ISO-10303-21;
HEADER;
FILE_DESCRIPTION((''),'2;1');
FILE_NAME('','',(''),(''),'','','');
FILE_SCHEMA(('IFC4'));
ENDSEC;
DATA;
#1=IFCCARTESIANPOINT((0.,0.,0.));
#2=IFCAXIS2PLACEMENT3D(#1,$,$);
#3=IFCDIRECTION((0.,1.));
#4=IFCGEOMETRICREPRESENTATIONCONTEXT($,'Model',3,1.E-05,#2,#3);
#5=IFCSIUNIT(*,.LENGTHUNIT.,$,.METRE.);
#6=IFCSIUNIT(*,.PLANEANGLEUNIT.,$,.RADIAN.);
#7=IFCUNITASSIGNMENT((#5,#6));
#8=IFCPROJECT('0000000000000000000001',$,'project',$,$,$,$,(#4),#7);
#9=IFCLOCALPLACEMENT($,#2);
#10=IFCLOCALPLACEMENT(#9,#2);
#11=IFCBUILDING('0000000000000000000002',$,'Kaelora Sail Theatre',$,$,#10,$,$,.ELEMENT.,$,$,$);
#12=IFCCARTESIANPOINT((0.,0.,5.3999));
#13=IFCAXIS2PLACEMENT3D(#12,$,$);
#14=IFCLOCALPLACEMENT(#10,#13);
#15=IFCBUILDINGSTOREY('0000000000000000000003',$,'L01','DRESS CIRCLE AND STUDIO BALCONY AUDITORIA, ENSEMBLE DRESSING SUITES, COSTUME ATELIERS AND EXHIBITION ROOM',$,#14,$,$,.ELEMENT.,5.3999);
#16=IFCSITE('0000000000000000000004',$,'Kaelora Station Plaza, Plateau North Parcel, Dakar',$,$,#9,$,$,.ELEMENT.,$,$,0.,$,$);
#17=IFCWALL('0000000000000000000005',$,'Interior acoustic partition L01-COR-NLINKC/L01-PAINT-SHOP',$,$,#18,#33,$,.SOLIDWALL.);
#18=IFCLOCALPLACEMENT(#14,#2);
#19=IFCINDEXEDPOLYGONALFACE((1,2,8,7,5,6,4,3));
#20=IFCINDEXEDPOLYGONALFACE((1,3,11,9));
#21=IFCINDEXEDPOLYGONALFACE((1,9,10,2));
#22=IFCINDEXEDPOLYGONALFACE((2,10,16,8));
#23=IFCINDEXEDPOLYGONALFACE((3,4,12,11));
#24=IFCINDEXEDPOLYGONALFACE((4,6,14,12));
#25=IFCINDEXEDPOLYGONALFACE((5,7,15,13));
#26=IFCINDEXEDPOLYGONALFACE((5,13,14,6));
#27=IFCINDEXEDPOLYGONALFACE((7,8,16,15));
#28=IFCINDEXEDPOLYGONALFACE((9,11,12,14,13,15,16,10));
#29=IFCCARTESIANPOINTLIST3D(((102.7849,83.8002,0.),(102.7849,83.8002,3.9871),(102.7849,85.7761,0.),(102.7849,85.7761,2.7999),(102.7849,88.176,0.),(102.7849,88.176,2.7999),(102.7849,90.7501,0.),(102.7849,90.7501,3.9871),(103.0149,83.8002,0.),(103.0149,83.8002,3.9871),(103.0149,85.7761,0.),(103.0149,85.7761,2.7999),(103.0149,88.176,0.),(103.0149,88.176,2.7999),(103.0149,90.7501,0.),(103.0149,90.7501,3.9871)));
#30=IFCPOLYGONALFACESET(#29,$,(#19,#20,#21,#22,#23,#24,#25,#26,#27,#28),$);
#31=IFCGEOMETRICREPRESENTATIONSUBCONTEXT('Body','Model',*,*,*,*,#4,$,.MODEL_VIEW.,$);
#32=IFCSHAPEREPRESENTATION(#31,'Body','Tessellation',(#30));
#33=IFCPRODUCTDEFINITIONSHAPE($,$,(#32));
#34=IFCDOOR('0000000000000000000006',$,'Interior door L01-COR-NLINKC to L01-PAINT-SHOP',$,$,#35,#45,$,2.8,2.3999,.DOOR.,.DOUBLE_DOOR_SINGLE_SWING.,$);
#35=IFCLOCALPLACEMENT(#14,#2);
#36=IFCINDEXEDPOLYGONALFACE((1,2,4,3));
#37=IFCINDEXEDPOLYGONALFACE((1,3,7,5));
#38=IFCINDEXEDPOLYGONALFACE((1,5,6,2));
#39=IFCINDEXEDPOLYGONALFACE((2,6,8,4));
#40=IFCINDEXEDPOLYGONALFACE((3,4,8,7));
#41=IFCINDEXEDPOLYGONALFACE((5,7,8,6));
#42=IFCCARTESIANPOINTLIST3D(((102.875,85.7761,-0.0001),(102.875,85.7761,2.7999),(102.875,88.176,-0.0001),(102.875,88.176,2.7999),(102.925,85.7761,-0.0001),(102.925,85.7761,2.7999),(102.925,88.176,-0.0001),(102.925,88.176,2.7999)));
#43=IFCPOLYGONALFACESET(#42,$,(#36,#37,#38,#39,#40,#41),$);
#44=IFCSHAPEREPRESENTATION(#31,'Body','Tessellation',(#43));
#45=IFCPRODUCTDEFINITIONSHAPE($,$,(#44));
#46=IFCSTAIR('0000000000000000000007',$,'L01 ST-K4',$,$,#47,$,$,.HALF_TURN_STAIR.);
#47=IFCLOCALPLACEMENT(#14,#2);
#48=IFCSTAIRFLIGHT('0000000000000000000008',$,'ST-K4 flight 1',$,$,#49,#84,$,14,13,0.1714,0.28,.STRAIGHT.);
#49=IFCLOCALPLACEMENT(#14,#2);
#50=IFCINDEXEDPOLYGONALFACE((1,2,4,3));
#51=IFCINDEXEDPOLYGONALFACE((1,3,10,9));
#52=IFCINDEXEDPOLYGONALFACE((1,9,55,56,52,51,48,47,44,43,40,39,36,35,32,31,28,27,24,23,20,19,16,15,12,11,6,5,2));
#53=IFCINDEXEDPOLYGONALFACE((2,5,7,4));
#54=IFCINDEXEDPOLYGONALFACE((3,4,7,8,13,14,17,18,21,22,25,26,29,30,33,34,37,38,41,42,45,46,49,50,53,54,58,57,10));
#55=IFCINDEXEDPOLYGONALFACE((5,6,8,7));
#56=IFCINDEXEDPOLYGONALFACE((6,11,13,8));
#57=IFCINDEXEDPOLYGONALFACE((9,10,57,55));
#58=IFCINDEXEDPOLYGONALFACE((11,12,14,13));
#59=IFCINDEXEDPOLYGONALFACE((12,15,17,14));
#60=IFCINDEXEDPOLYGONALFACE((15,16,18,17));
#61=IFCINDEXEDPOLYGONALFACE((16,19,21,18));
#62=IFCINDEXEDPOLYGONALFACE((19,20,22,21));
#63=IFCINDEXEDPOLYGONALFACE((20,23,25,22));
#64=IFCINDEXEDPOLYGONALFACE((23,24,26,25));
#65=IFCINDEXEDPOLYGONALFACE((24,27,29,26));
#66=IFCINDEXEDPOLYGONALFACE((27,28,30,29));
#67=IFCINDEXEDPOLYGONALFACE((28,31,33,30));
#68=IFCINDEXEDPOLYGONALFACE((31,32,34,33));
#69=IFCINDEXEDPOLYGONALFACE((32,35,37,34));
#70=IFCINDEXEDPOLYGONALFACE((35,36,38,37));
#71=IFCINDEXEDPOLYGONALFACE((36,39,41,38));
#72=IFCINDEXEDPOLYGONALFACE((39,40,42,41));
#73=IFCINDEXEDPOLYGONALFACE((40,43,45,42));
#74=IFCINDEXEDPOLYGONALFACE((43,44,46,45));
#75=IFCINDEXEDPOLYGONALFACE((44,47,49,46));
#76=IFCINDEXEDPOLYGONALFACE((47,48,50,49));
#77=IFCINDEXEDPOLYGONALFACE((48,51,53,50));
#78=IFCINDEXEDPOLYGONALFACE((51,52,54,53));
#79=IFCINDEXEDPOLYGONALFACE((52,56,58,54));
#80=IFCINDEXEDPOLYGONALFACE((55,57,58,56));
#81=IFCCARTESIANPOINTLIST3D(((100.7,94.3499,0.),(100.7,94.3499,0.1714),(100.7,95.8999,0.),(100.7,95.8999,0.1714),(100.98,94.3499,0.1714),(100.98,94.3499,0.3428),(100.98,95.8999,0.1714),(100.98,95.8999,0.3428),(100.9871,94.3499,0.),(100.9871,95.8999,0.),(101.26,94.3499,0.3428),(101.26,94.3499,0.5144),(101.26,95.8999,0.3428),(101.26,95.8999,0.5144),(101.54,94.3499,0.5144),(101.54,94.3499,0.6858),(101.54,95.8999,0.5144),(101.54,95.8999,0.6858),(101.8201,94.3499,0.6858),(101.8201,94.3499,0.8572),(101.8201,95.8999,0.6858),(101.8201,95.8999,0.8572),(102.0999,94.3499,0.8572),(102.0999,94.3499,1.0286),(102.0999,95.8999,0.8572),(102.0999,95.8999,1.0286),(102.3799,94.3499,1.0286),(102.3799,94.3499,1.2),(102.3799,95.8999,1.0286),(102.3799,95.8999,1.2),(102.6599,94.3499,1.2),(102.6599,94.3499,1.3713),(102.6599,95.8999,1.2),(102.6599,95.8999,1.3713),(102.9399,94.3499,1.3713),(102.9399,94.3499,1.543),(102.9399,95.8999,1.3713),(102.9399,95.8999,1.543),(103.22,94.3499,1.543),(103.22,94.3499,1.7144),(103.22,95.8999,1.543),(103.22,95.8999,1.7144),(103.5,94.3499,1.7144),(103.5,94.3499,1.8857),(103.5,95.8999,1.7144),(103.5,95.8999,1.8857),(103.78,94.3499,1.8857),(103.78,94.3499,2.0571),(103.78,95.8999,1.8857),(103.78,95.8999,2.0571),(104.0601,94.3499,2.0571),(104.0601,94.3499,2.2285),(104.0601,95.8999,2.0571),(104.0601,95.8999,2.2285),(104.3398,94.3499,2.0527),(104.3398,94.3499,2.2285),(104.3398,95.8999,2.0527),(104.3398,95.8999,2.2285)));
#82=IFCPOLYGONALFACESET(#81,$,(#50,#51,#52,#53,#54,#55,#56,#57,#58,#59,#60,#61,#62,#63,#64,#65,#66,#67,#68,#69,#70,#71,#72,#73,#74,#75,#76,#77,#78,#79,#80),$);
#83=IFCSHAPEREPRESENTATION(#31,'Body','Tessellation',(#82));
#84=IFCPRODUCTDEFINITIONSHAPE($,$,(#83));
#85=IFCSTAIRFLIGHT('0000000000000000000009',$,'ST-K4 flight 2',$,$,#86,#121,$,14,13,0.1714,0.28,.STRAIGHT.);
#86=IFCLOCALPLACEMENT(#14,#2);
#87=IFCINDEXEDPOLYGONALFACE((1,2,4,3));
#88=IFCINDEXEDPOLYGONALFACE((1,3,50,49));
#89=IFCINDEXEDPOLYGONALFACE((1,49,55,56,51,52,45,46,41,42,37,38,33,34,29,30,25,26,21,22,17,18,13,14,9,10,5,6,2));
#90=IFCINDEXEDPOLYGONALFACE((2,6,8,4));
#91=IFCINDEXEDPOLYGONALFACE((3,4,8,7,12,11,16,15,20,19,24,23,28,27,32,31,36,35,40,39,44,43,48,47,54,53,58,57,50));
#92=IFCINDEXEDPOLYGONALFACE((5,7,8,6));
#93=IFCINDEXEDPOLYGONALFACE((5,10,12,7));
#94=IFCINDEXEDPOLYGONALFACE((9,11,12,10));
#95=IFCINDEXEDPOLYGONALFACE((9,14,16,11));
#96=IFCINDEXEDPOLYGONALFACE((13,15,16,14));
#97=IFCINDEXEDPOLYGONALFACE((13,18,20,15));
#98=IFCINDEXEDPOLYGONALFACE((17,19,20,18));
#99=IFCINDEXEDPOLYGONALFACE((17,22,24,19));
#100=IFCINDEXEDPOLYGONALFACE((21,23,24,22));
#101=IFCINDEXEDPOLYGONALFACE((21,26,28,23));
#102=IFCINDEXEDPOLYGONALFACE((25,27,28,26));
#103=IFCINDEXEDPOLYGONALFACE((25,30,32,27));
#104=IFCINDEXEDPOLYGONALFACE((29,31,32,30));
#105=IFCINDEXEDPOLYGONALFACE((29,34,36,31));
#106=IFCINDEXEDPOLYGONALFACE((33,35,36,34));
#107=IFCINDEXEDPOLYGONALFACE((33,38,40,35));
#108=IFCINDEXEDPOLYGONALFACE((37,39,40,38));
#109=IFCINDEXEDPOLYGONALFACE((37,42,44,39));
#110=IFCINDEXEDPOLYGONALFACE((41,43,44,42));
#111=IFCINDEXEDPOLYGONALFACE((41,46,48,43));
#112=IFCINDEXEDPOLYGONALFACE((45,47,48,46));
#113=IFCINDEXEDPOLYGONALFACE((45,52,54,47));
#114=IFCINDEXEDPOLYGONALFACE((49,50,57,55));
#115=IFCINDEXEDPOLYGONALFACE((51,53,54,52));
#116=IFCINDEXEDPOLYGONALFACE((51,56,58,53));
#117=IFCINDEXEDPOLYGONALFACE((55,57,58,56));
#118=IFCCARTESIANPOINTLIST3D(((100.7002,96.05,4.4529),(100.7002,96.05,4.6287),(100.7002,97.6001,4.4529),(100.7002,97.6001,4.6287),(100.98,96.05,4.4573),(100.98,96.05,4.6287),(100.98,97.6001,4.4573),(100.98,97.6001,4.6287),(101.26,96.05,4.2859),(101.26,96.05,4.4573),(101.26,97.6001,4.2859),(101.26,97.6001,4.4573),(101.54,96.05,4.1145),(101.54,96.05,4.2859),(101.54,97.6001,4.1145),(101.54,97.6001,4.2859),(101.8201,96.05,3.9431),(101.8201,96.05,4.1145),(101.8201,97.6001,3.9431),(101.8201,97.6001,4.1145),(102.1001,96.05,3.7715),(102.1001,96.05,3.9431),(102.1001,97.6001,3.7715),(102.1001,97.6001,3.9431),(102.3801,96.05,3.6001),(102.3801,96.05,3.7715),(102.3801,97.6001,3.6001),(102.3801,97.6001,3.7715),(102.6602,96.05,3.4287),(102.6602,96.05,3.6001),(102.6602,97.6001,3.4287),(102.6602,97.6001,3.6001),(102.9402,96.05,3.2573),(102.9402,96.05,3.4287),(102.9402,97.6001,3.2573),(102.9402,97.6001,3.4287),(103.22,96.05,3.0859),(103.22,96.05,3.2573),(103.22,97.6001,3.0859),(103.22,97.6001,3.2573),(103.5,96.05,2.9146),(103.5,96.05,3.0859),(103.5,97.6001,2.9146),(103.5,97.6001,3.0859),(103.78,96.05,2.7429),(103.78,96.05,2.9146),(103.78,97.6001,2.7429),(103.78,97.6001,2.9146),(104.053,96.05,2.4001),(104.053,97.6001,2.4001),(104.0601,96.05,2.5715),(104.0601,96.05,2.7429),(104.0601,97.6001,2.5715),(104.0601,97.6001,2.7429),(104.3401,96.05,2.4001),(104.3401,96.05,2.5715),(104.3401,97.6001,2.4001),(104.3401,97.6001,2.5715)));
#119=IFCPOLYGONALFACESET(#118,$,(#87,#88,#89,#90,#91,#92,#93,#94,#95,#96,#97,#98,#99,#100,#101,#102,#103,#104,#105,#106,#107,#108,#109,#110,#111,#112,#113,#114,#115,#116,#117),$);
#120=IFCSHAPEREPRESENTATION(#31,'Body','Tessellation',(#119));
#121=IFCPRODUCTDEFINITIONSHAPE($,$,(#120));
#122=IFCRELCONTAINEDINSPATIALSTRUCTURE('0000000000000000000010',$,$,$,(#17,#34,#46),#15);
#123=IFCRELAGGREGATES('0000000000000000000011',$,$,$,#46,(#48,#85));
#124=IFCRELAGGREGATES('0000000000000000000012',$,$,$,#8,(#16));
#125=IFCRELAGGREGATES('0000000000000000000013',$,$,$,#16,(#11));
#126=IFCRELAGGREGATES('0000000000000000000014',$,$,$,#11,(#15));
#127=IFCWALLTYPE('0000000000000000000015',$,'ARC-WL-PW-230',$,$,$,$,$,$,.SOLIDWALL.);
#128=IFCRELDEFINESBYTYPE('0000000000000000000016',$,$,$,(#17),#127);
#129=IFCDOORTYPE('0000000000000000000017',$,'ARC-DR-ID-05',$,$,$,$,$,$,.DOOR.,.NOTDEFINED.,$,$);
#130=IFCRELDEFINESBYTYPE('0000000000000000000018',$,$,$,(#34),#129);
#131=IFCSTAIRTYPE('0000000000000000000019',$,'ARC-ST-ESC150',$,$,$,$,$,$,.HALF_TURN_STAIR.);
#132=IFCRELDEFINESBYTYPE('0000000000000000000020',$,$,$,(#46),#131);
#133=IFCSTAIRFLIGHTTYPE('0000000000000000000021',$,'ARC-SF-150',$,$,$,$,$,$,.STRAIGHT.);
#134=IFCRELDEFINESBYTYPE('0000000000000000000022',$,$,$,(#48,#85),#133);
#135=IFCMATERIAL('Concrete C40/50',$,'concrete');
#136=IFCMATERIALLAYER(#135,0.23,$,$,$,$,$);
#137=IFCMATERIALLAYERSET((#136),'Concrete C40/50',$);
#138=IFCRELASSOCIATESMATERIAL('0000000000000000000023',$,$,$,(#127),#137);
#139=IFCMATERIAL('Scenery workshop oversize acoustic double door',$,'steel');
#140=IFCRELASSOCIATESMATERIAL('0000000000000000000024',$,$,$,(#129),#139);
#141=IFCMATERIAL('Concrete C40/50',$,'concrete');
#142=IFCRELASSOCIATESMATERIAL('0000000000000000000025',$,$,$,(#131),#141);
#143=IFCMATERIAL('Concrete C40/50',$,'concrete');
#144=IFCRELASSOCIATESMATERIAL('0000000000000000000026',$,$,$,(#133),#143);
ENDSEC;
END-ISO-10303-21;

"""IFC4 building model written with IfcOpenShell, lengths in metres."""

from ifc_helpers import new_model, si_unit, direction, frame, frame_2d, origin, place, context, subcontext, project, spatial, polyline, rectangle, outline, extrude, material, layer, layer_set, type_object, element, fill, aggregate, save


model = new_model("IFC4")

# Units and contexts
model_context = context("Model", 3, precision=1e-05, world=origin(), true_north=direction((0.0, 1.0)))
body_context = subcontext(model_context, "Body", "Model", "MODEL_VIEW")
ifc_project = project(units=[si_unit("LENGTHUNIT", "METRE"), si_unit("PLANEANGLEUNIT", "RADIAN")], contexts=[model_context])

# Site, building, storey
site_placement = place(None, origin())
site = spatial("IfcSite", under=ifc_project, at=site_placement, Name="Kaelora Station Plaza, Plateau North Parcel, Dakar", CompositionType="ELEMENT", RefElevation=0.0)
building_placement = place(site_placement, origin())
building = spatial("IfcBuilding", under=site, at=building_placement, Name="Kaelora Sail Theatre", CompositionType="ELEMENT")
storey_placement = place(building_placement, frame((0.0, 0.0, 5.3999)))
storey = spatial("IfcBuildingStorey", under=building, at=storey_placement, Name="L01", Description="DRESS CIRCLE AND STUDIO BALCONY AUDITORIA, ENSEMBLE DRESSING SUITES, COSTUME ATELIERS AND EXHIBITION ROOM", CompositionType="ELEMENT", Elevation=5.3999)

# Wall, opening, door
ifc_material_1 = material(Name="Concrete C40/50", Category="concrete")
ifc_layer_1 = layer(ifc_material_1, 0.23)
ifc_layer_set_1 = layer_set([ifc_layer_1], Name="Concrete C40/50")
wall_type_1 = type_object("IfcWallType", Name="ARC-WL-PW-230", PredefinedType="SOLIDWALL", material=ifc_layer_set_1)
wall_1_placement = place(storey_placement, frame((102.8999, 83.8, 0.0), z_axis=(0.0, 0.0, 1.0), x_axis=(0.0, 1.0, 0.0)))
wall_1 = element("IfcWall", 1, at=wall_1_placement, inside=storey, type_object=wall_type_1, Name="Interior acoustic partition L01-COR-NLINKC/L01-PAINT-SHOP", PredefinedType="SOLIDWALL", context=body_context, shape_type="SweptSolid", body=[
    extrude(rectangle(XDim=6.95, YDim=0.23, at=frame_2d((3.4751, 0.0))), origin(), (0.0, 0.0, 1.0), 3.9871),
])
opening_1_placement = place(wall_1_placement, frame((1.9761, 0.0, 0.0)))
opening_1 = element("IfcOpeningElement", 2, at=opening_1_placement, cuts=wall_1, PredefinedType="OPENING", context=body_context, shape_type="SweptSolid", body=[
    extrude(rectangle(XDim=2.3999, YDim=2.8, at=frame_2d((1.2, 1.3999))), frame((0.0, 0.125, 0.0), z_axis=(0.0, -1.0, 0.0), x_axis=(1.0, 0.0, 0.0)), (0.0, 0.0, 1.0), 0.25),
])
ifc_material_2 = material(Name="Scenery workshop oversize acoustic double door", Category="steel")
door_type_1 = type_object("IfcDoorType", Name="ARC-DR-ID-05", OperationType="NOTDEFINED", PredefinedType="DOOR", material=ifc_material_2)
door_1_placement = place(opening_1_placement, origin())
door_1 = element("IfcDoor", 3, at=door_1_placement, inside=storey, type_object=door_type_1, Name="Interior door L01-COR-NLINKC to L01-PAINT-SHOP", OperationType="DOUBLE_DOOR_SINGLE_SWING", OverallHeight=2.8, OverallWidth=2.3999, PredefinedType="DOOR", context=body_context, shape_type="SweptSolid", body=[
    extrude(rectangle(XDim=2.3999, YDim=2.8, at=frame_2d((1.2, 1.3999))), frame((0.0, 0.0249, 0.0), z_axis=(0.0, -1.0, 0.0), x_axis=(1.0, 0.0, 0.0)), (0.0, 0.0, 1.0), 0.05),
])
fill(opening_1, door_1)

# Stair, stair flights
ifc_material_3 = material(Name="Concrete C40/50", Category="concrete")
stair_type = type_object("IfcStairType", Name="ARC-ST-ESC150", PredefinedType="HALF_TURN_STAIR", material=ifc_material_3)
stair_placement = place(storey_placement, origin())
stair = element("IfcStair", 4, at=stair_placement, inside=storey, type_object=stair_type, Name="L01 ST-K4", PredefinedType="HALF_TURN_STAIR")
ifc_material_4 = material(Name="Concrete C40/50", Category="concrete")
stair_flight_type = type_object("IfcStairFlightType", Name="ARC-SF-150", PredefinedType="STRAIGHT", material=ifc_material_4)
stair_flight_1_placement = place(storey_placement, frame((100.7, 95.125, 0.0), z_axis=(0.0, 0.0, 1.0), x_axis=(1.0, 0.0, 0.0)))
stair_flight_1 = element("IfcStairFlight", 5, at=stair_flight_1_placement, type_object=stair_flight_type, Name="ST-K4 flight 1", NumberOfRisers=14, NumberOfTreads=13, PredefinedType="STRAIGHT", RiserHeight=0.1714, TreadLength=0.28, context=body_context, shape_type="SweptSolid", body=[
    extrude(outline(polyline([(0.0, 0.0), (0.0, 0.1714), (0.28, 0.1714), (0.28, 0.3428), (0.5601, 0.3428), (0.5601, 0.5144), (0.8401, 0.5144), (0.8401, 0.6858), (1.1201, 0.6858), (1.1201, 0.8572), (1.3999, 0.8572), (1.3999, 1.0286), (1.6799, 1.0286), (1.6799, 1.2), (1.96, 1.2), (1.96, 1.3713), (2.24, 1.3713), (2.24, 1.543), (2.52, 1.543), (2.52, 1.7144), (2.8, 1.7144), (2.8, 1.8857), (3.0801, 1.8857), (3.0801, 2.0571), (3.3601, 2.0571), (3.3601, 2.2285), (3.6399, 2.2285), (3.6399, 2.3999), (3.6399, 2.0527), (0.2871, 0.0), (0.0, 0.0)])), frame((0.0, 0.7749, 0.0), z_axis=(0.0, -1.0, 0.0), x_axis=(1.0, 0.0, 0.0)), (0.0, 0.0, 1.0), 1.55),
])
stair_flight_2_placement = place(storey_placement, frame((104.3401, 96.825, 2.4001), z_axis=(0.0, 0.0, 1.0), x_axis=(-1.0, 0.0, 0.0)))
stair_flight_2 = element("IfcStairFlight", 6, at=stair_flight_2_placement, type_object=stair_flight_type, Name="ST-K4 flight 2", NumberOfRisers=14, NumberOfTreads=13, PredefinedType="STRAIGHT", RiserHeight=0.1714, TreadLength=0.28, context=body_context, shape_type="SweptSolid", body=[
    extrude(outline(polyline([(0.0, 0.0), (0.0, 0.1714), (0.28, 0.1714), (0.28, 0.3428), (0.5601, 0.3428), (0.5601, 0.5144), (0.8401, 0.5144), (0.8401, 0.6858), (1.1201, 0.6858), (1.1201, 0.8572), (1.3999, 0.8572), (1.3999, 1.0286), (1.6799, 1.0286), (1.6799, 1.2), (1.96, 1.2), (1.96, 1.3713), (2.24, 1.3713), (2.24, 1.543), (2.52, 1.543), (2.52, 1.7144), (2.8, 1.7144), (2.8, 1.8857), (3.0801, 1.8857), (3.0801, 2.0571), (3.3601, 2.0571), (3.3601, 2.2285), (3.6399, 2.2285), (3.6399, 2.3999), (3.6399, 2.0527), (0.2871, 0.0), (0.0, 0.0)])), frame((0.0, 0.7749, 0.0), z_axis=(0.0, -1.0, 0.0), x_axis=(1.0, 0.0, 0.0)), (0.0, 0.0, 1.0), 1.55),
])
aggregate(stair, [stair_flight_1, stair_flight_2])

save(model, "model.ifc")
